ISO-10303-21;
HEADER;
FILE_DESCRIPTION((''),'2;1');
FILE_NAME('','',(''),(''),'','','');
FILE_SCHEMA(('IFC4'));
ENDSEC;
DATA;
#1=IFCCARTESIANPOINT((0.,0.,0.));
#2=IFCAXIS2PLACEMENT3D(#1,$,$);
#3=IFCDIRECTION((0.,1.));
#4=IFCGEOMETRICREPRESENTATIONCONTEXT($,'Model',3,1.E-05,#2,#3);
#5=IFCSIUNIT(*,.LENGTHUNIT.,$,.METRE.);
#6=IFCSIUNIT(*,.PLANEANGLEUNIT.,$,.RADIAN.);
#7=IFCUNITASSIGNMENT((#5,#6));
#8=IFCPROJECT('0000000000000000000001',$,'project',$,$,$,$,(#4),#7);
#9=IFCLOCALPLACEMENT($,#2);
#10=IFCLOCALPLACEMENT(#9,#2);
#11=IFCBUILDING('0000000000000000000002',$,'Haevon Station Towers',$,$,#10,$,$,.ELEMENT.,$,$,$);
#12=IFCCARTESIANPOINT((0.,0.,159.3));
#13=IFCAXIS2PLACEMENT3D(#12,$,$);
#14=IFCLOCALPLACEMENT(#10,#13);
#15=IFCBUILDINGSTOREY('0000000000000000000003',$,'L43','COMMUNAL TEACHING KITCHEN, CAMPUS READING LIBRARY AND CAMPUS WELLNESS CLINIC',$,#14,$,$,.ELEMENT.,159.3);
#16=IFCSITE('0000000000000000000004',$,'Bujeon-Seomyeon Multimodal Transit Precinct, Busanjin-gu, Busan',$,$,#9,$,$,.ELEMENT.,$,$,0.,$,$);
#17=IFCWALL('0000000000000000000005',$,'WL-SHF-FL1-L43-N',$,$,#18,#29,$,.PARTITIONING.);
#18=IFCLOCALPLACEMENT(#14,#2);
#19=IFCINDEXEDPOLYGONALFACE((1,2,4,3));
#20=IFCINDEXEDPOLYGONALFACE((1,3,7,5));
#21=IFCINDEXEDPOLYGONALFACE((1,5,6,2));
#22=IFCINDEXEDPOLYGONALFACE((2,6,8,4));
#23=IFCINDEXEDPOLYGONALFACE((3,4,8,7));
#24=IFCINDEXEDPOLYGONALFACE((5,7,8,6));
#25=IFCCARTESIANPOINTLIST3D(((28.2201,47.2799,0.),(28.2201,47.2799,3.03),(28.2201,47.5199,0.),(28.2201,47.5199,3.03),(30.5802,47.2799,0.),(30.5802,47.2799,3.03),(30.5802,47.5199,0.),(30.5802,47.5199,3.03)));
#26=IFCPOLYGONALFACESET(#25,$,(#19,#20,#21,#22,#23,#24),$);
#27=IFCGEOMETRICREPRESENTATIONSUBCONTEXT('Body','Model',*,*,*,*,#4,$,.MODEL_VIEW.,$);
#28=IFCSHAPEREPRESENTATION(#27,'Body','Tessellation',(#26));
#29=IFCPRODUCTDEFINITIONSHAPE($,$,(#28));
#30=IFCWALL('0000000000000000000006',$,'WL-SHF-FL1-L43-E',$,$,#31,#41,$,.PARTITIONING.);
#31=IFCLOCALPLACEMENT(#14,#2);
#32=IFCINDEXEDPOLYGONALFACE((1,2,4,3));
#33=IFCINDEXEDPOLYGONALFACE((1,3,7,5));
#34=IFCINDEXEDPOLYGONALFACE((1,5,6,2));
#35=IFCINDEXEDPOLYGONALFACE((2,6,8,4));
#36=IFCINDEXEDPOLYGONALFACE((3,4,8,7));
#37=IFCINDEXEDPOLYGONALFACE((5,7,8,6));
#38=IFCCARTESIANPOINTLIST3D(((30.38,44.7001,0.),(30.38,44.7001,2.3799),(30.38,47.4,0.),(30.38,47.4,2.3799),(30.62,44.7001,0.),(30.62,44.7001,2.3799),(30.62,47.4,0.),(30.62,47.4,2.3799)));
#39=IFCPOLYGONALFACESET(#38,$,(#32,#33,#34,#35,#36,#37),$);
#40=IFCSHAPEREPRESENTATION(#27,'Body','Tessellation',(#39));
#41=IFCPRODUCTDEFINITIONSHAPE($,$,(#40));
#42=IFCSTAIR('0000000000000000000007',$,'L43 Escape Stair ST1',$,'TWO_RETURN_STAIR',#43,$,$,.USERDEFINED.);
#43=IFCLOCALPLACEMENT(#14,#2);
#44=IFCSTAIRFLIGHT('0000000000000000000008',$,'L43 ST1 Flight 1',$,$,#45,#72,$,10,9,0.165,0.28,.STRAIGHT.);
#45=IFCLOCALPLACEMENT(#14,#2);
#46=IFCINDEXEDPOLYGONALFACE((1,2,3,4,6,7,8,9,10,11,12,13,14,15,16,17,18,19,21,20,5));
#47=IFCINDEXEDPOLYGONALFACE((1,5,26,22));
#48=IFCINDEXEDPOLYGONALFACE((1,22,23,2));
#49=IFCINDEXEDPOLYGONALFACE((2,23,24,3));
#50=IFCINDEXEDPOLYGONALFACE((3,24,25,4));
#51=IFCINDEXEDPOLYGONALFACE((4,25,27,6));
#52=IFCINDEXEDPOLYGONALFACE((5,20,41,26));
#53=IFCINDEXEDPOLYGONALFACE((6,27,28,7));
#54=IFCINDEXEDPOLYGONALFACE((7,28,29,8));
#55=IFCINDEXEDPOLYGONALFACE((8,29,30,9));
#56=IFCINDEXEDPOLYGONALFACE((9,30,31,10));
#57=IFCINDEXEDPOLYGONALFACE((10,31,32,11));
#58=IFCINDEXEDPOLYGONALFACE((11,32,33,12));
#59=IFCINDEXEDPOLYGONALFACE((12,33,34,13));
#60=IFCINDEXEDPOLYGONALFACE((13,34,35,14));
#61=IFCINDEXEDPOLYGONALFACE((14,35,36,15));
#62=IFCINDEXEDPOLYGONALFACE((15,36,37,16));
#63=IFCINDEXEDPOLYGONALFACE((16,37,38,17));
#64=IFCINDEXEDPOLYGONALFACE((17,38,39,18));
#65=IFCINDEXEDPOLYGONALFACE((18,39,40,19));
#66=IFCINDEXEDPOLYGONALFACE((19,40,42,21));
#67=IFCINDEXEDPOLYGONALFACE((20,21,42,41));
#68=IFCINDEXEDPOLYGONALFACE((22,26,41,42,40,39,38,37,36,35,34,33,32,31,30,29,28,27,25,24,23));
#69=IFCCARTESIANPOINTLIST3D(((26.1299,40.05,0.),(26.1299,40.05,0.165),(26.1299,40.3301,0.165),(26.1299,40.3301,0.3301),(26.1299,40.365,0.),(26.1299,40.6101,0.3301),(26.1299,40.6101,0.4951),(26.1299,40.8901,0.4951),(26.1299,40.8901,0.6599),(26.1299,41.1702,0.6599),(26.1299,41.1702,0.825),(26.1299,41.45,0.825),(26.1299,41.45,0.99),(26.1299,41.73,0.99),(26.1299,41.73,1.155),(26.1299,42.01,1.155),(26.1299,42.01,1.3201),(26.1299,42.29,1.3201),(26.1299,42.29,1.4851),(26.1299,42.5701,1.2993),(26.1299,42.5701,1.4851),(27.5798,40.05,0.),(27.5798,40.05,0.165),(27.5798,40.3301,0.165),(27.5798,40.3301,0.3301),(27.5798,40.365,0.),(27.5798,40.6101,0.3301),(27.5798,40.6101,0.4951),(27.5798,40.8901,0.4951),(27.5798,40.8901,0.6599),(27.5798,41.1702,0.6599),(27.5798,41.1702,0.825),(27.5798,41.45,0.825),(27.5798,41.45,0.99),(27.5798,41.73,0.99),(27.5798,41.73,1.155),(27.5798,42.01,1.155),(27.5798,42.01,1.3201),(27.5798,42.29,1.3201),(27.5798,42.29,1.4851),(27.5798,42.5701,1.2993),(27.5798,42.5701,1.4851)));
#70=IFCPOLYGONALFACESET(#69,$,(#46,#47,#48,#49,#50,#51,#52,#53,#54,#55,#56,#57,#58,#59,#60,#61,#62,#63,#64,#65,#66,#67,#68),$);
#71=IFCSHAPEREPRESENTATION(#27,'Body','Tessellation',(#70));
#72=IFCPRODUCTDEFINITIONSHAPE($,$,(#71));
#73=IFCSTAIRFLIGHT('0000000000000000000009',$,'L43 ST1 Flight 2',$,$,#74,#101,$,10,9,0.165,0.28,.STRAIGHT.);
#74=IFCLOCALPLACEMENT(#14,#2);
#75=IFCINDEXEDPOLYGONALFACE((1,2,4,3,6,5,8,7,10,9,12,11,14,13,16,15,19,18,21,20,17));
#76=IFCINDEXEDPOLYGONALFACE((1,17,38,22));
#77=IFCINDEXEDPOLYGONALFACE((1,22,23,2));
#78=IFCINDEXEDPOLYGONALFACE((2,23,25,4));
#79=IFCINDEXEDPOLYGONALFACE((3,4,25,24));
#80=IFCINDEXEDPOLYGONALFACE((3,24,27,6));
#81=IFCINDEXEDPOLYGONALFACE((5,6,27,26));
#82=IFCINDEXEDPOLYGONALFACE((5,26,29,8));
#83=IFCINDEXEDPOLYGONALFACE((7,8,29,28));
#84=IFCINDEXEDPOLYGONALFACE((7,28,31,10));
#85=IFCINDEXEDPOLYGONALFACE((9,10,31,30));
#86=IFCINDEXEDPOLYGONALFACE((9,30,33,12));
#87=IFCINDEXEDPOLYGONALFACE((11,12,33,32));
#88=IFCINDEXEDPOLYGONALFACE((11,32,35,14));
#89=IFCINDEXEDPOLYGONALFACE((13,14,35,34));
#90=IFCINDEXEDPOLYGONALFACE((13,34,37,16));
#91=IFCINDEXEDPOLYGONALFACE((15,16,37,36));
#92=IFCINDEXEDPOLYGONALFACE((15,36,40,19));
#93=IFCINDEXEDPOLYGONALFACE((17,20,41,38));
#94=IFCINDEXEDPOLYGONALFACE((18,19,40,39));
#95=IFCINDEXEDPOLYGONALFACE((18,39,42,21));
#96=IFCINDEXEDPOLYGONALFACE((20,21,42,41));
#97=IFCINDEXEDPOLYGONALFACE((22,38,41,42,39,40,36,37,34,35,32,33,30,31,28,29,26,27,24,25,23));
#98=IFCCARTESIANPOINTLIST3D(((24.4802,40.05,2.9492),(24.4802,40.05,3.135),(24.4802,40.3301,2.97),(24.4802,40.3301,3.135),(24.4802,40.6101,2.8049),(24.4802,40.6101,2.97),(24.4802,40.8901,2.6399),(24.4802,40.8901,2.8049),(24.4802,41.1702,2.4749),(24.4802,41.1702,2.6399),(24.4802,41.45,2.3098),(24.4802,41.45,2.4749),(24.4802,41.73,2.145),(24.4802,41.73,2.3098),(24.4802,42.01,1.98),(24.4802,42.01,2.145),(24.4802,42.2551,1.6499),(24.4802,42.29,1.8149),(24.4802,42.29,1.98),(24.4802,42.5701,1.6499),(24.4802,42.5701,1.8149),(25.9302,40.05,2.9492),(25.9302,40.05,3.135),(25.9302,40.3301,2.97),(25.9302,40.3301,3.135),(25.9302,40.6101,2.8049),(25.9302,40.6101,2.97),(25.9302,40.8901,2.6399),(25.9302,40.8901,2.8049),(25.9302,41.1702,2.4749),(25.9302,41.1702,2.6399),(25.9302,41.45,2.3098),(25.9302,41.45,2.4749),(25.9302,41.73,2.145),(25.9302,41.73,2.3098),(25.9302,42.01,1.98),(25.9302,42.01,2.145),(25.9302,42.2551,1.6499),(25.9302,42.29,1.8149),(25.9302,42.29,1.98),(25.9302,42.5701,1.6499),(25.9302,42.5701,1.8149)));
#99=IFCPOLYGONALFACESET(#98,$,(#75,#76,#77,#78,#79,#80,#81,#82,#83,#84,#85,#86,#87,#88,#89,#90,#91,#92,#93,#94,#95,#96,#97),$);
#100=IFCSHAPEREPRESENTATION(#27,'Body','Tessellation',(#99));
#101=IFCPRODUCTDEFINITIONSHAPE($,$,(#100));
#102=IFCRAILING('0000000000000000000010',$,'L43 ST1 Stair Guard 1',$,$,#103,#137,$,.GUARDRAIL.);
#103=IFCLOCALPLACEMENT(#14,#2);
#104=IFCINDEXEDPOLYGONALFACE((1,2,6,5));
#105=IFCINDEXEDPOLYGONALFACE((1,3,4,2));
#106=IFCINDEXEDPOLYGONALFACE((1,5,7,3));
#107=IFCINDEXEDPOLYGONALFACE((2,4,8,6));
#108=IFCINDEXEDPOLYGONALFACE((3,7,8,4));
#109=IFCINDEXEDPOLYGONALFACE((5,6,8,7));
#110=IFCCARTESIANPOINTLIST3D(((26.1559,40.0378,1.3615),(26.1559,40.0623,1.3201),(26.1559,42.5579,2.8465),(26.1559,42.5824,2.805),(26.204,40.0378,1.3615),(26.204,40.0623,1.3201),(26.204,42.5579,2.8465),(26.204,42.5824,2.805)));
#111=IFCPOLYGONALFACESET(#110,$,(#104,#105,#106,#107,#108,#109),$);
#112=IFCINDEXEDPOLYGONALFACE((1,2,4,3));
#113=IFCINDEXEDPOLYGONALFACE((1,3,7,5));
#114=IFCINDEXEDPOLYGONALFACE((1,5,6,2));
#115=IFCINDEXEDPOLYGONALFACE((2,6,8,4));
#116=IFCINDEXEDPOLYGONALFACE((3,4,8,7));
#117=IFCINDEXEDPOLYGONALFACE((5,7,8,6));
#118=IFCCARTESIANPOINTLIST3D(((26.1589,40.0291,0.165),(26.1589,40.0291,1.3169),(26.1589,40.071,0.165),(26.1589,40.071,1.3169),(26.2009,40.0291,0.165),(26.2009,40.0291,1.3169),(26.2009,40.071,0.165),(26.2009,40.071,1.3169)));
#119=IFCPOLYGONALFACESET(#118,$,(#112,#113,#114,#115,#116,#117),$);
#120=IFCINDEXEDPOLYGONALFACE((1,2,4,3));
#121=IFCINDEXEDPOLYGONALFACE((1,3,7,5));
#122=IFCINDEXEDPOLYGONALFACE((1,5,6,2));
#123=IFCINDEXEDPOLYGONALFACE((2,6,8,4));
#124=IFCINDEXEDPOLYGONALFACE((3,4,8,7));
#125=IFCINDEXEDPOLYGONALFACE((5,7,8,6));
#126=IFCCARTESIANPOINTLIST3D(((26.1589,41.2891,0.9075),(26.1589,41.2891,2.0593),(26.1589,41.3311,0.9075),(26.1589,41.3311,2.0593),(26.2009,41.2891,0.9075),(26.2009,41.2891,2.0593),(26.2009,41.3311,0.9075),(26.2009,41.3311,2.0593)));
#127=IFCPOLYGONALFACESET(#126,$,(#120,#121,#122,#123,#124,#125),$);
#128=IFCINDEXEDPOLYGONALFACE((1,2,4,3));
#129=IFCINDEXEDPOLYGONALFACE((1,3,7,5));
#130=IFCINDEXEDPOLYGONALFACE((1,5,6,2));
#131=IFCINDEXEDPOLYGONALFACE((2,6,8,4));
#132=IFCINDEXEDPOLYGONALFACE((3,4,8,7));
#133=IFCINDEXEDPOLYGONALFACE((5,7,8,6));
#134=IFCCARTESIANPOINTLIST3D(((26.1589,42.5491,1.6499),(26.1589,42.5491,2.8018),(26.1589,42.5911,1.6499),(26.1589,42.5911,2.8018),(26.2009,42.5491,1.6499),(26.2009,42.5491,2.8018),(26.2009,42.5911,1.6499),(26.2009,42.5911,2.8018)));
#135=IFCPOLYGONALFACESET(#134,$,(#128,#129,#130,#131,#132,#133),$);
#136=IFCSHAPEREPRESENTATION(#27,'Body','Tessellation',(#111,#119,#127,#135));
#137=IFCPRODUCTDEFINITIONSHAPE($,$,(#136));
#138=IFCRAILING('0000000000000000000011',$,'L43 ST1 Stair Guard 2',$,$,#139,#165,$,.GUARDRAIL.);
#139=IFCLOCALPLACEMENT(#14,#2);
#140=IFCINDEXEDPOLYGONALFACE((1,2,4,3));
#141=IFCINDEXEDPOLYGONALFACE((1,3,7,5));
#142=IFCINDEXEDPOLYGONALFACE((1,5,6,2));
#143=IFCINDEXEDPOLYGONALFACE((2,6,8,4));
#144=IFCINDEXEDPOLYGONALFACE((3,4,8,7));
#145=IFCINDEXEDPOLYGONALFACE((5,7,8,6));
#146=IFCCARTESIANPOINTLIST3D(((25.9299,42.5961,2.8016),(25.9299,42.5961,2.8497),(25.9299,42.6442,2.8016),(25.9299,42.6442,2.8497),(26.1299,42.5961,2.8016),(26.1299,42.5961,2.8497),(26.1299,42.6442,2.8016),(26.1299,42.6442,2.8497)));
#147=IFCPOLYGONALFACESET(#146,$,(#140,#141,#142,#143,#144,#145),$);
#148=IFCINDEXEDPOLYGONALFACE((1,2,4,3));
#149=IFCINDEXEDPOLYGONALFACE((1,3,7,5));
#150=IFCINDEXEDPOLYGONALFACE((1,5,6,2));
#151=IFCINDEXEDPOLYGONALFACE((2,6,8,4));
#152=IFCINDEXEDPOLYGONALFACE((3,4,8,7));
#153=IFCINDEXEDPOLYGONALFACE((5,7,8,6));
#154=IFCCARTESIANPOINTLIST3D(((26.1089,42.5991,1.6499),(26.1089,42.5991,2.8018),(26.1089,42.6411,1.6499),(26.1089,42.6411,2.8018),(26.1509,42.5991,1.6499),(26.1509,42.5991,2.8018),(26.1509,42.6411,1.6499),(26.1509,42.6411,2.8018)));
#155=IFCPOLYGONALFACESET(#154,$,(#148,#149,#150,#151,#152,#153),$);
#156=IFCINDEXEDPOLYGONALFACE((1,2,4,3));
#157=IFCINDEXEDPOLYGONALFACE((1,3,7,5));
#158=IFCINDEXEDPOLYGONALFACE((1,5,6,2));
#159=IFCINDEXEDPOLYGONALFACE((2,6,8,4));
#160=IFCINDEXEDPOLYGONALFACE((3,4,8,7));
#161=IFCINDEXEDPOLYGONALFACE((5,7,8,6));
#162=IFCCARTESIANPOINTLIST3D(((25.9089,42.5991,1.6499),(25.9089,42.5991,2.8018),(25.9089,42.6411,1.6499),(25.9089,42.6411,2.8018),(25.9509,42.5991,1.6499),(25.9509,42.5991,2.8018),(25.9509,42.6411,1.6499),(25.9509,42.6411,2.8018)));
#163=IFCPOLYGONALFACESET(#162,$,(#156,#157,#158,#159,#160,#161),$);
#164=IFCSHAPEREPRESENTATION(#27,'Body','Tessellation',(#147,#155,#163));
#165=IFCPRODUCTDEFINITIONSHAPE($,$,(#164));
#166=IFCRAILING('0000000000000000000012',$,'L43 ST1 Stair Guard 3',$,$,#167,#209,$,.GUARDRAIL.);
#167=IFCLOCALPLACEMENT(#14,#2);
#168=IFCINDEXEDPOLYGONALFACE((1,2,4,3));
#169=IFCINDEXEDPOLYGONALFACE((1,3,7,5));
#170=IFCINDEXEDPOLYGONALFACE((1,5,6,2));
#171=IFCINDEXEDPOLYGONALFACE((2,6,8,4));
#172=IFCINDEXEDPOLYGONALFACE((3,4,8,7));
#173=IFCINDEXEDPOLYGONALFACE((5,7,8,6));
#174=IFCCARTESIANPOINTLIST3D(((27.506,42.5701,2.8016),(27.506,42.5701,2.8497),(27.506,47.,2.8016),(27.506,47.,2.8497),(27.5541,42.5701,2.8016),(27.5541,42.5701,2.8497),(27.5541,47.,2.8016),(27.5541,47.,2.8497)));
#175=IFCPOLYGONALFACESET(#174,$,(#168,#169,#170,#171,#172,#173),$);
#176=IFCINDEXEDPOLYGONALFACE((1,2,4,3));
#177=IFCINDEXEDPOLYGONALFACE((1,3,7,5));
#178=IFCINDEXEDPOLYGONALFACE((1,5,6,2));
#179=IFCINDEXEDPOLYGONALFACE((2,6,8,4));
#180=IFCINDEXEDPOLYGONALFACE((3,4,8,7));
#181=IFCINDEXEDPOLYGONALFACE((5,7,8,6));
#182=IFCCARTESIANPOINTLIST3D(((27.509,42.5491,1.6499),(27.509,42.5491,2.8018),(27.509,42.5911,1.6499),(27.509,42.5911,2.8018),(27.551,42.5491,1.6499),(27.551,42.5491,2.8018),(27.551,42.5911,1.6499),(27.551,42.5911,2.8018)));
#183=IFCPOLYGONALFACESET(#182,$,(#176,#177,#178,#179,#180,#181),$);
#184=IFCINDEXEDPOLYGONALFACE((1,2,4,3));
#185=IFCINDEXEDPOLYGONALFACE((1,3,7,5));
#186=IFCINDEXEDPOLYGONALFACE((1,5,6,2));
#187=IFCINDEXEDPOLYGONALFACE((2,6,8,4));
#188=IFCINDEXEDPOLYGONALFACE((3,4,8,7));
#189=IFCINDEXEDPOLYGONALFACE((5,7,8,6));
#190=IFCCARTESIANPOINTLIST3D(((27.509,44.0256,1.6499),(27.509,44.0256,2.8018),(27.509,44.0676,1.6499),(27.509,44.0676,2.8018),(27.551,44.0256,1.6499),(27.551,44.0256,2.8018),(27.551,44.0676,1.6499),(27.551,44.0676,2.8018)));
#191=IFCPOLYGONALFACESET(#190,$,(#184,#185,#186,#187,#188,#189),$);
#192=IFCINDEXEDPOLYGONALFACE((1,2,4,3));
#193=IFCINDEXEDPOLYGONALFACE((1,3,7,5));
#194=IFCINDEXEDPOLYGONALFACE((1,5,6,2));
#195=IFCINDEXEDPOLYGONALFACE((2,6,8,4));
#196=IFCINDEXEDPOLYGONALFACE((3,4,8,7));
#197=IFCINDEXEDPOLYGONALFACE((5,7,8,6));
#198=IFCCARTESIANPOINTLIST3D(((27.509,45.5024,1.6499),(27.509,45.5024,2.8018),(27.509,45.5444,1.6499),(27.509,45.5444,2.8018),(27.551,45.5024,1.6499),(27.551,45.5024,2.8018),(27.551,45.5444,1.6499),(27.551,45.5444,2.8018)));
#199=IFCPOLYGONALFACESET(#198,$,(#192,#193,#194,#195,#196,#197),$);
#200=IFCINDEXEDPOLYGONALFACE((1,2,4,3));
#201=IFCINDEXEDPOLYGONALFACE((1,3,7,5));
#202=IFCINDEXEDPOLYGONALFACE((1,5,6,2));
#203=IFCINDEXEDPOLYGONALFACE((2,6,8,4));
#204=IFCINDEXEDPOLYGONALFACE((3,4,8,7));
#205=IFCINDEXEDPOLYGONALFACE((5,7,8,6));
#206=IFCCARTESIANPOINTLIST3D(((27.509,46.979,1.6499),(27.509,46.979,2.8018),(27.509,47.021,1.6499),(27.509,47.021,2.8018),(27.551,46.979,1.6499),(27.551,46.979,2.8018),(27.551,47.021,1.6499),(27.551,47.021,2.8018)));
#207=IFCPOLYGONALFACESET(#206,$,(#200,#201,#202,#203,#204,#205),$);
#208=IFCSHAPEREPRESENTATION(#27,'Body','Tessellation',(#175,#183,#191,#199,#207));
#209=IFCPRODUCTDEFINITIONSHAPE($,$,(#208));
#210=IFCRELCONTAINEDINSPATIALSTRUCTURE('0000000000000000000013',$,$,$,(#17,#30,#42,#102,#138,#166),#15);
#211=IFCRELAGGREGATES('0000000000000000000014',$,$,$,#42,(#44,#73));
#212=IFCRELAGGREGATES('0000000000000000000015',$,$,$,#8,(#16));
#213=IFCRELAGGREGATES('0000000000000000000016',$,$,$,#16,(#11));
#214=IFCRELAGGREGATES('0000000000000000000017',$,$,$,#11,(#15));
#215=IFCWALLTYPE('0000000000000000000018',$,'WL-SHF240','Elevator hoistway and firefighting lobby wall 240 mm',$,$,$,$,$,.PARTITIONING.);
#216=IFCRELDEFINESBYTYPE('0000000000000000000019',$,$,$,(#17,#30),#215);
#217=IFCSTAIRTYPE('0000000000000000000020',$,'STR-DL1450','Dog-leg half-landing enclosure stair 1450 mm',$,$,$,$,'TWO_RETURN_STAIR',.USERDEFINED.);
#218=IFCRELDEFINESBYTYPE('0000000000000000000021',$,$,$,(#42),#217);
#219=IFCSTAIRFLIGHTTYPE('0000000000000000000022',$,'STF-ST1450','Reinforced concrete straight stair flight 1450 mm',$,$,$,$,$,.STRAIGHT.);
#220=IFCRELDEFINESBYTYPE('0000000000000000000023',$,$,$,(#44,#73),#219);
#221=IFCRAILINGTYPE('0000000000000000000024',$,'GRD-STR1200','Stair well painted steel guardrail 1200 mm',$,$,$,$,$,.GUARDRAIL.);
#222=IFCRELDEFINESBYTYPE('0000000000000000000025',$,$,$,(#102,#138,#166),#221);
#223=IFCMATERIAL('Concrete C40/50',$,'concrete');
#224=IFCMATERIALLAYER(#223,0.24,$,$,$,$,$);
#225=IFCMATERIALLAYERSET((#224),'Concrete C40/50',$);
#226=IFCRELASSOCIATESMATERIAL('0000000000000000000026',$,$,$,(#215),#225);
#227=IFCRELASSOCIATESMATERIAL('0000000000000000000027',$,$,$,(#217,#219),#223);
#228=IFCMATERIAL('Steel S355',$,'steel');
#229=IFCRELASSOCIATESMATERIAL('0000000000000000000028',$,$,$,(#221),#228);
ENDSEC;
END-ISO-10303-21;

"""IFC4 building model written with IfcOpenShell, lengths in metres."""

from ifc_helpers import new_model, si_unit, direction, frame, frame_2d, origin, origin_2d, place, context, subcontext, project, spatial, polyline, rectangle, outline, extrude, material, layer, layer_set, type_object, element, aggregate, save


model = new_model("IFC4")

# Units and contexts
model_context = context("Model", 3, precision=1e-05, world=origin(), true_north=direction((0.0, 1.0)))
body_context = subcontext(model_context, "Body", "Model", "MODEL_VIEW")
ifc_project = project(units=[si_unit("LENGTHUNIT", "METRE"), si_unit("PLANEANGLEUNIT", "RADIAN")], contexts=[model_context])

# Site, building, storey
site_placement = place(None, origin())
site = spatial("IfcSite", under=ifc_project, at=site_placement, Name="Bujeon-Seomyeon Multimodal Transit Precinct, Busanjin-gu, Busan", CompositionType="ELEMENT", RefElevation=0.0)
building_placement = place(site_placement, origin())
building = spatial("IfcBuilding", under=site, at=building_placement, Name="Haevon Station Towers", CompositionType="ELEMENT")
storey_placement = place(building_placement, frame((0.0, 0.0, 159.3)))
storey = spatial("IfcBuildingStorey", under=building, at=storey_placement, Name="L43", Description="COMMUNAL TEACHING KITCHEN, CAMPUS READING LIBRARY AND CAMPUS WELLNESS CLINIC", CompositionType="ELEMENT", Elevation=159.3)

# Shared definitions
ifc_material_1 = material(Name="Steel S355", Category="steel")

# Shared definitions
ifc_material_2 = material(Name="Concrete C40/50", Category="concrete")
ifc_layer_1 = layer(ifc_material_2, 0.24)
ifc_layer_set_1 = layer_set([ifc_layer_1], Name="Concrete C40/50")
wall_type_1 = type_object("IfcWallType", Name="WL-SHF240", Description="Elevator hoistway and firefighting lobby wall 240 mm", PredefinedType="PARTITIONING", material=ifc_layer_set_1)

# Walls
wall_1_placement = place(storey_placement, frame((28.22, 47.3999, 0.0), z_axis=(0.0, 0.0, 1.0), x_axis=(1.0, 0.0, 0.0)))
element("IfcWall", 1, at=wall_1_placement, inside=storey, type_object=wall_type_1, Name="WL-SHF-FL1-L43-N", PredefinedType="PARTITIONING", context=body_context, shape_type="SweptSolid", body=[
    extrude(rectangle(XDim=2.3601, YDim=0.24, at=frame_2d((1.1802, 0.0))), origin(), (0.0, 0.0, 1.0), 3.03),
])
wall_2_placement = place(storey_placement, frame((30.5, 44.7, 0.0), z_axis=(0.0, 0.0, 1.0), x_axis=(0.0, 1.0, 0.0)))
element("IfcWall", 2, at=wall_2_placement, inside=storey, type_object=wall_type_1, Name="WL-SHF-FL1-L43-E", PredefinedType="PARTITIONING", context=body_context, shape_type="SweptSolid", body=[
    extrude(rectangle(XDim=2.7, YDim=0.24, at=frame_2d((1.3501, 0.0))), origin(), (0.0, 0.0, 1.0), 2.3799),
])

# Stair, stair flights
stair_type = type_object("IfcStairType", Name="STR-DL1450", Description="Dog-leg half-landing enclosure stair 1450 mm", ElementType="TWO_RETURN_STAIR", PredefinedType="USERDEFINED", material=ifc_material_2)
stair_placement = place(storey_placement, origin())
stair = element("IfcStair", 3, at=stair_placement, inside=storey, type_object=stair_type, Name="L43 Escape Stair ST1", ObjectType="TWO_RETURN_STAIR", PredefinedType="USERDEFINED")
stair_flight_type = type_object("IfcStairFlightType", Name="STF-ST1450", Description="Reinforced concrete straight stair flight 1450 mm", PredefinedType="STRAIGHT", material=ifc_material_2)
stair_flight_1_placement = place(storey_placement, frame((26.855, 40.05, 0.0), z_axis=(0.0, 0.0, 1.0), x_axis=(0.0, 1.0, 0.0)))
stair_flight_1 = element("IfcStairFlight", 4, at=stair_flight_1_placement, type_object=stair_flight_type, Name="L43 ST1 Flight 1", NumberOfRisers=10, NumberOfTreads=9, PredefinedType="STRAIGHT", RiserHeight=0.165, TreadLength=0.28, context=body_context, shape_type="SweptSolid", body=[
    extrude(outline(polyline([(0.0, 0.0), (0.0, 0.165), (0.28, 0.165), (0.28, 0.3301), (0.5601, 0.3301), (0.5601, 0.4951), (0.8401, 0.4951), (0.8401, 0.6599), (1.1201, 0.6599), (1.1201, 0.825), (1.3999, 0.825), (1.3999, 0.99), (1.6799, 0.99), (1.6799, 1.155), (1.96, 1.155), (1.96, 1.3201), (2.24, 1.3201), (2.24, 1.4851), (2.52, 1.4851), (2.52, 1.6499), (2.52, 1.2993), (0.3149, 0.0), (0.0, 0.0)])), frame((0.0, 0.7251, 0.0), z_axis=(0.0, -1.0, 0.0), x_axis=(1.0, 0.0, 0.0)), (0.0, 0.0, 1.0), 1.45),
])
stair_flight_2_placement = place(storey_placement, frame((25.2051, 42.5701, 1.6499), z_axis=(0.0, 0.0, 1.0), x_axis=(0.0, -1.0, 0.0)))
stair_flight_2 = element("IfcStairFlight", 5, at=stair_flight_2_placement, type_object=stair_flight_type, Name="L43 ST1 Flight 2", NumberOfRisers=10, NumberOfTreads=9, PredefinedType="STRAIGHT", RiserHeight=0.165, TreadLength=0.28, context=body_context, shape_type="SweptSolid", body=[
    extrude(outline(polyline([(0.0, 0.0), (0.0, 0.165), (0.28, 0.165), (0.28, 0.3301), (0.5601, 0.3301), (0.5601, 0.4951), (0.8401, 0.4951), (0.8401, 0.6599), (1.1201, 0.6599), (1.1201, 0.825), (1.3999, 0.825), (1.3999, 0.99), (1.6799, 0.99), (1.6799, 1.155), (1.96, 1.155), (1.96, 1.3201), (2.24, 1.3201), (2.24, 1.4851), (2.52, 1.4851), (2.52, 1.6499), (2.52, 1.2993), (0.3149, 0.0), (0.0, 0.0)])), frame((0.0, 0.7251, 0.0), z_axis=(0.0, -1.0, 0.0), x_axis=(1.0, 0.0, 0.0)), (0.0, 0.0, 1.0), 1.45),
])
aggregate(stair, [stair_flight_1, stair_flight_2])

# Railings
railing_type_1 = type_object("IfcRailingType", Name="GRD-STR1200", Description="Stair well painted steel guardrail 1200 mm", PredefinedType="GUARDRAIL", material=ifc_material_1)
railing_1_placement = place(storey_placement, frame((26.1799, 40.05, 0.165)))
element("IfcRailing", 6, at=railing_1_placement, inside=storey, type_object=railing_type_1, Name="L43 ST1 Stair Guard 1", PredefinedType="GUARDRAIL", context=body_context, shape_type="SweptSolid", body=[
    extrude(rectangle(XDim=0.0481, YDim=0.0481, at=origin_2d()), frame((0.0, 0.0, 1.1758), z_axis=(0.0, 0.861561, 0.507655), x_axis=(-1.0, 0.0, 0.0)), (0.0, 0.0, 1.0), 2.925),
    extrude(rectangle(XDim=0.042, YDim=0.042, at=origin_2d()), origin(), (0.0, 0.0, 1.0), 1.1519),
    extrude(rectangle(XDim=0.042, YDim=0.042, at=origin_2d()), frame((0.0, 1.26, 0.7424)), (0.0, 0.0, 1.0), 1.1519),
    extrude(rectangle(XDim=0.042, YDim=0.042, at=origin_2d()), frame((0.0, 2.52, 1.4849)), (0.0, 0.0, 1.0), 1.1519),
])
railing_2_placement = place(storey_placement, frame((26.1299, 42.6201, 1.6499)))
element("IfcRailing", 7, at=railing_2_placement, inside=storey, type_object=railing_type_1, Name="L43 ST1 Stair Guard 2", PredefinedType="GUARDRAIL", context=body_context, shape_type="SweptSolid", body=[
    extrude(rectangle(XDim=0.0481, YDim=0.0481, at=origin_2d()), frame((0.0, 0.0, 1.1758), z_axis=(-1.0, 0.0, 0.0), x_axis=(0.0, -1.0, 0.0)), (0.0, 0.0, 1.0), 0.2),
    extrude(rectangle(XDim=0.042, YDim=0.042, at=origin_2d()), origin(), (0.0, 0.0, 1.0), 1.1519),
    extrude(rectangle(XDim=0.042, YDim=0.042, at=origin_2d()), frame((-0.2, 0.0, 0.0)), (0.0, 0.0, 1.0), 1.1519),
])
railing_3_placement = place(storey_placement, frame((27.53, 42.5701, 1.6499)))
element("IfcRailing", 8, at=railing_3_placement, inside=storey, type_object=railing_type_1, Name="L43 ST1 Stair Guard 3", PredefinedType="GUARDRAIL", context=body_context, shape_type="SweptSolid", body=[
    extrude(rectangle(XDim=0.0481, YDim=0.0481, at=origin_2d()), frame((0.0, 0.0, 1.1758), z_axis=(0.0, 1.0, 0.0), x_axis=(-1.0, 0.0, 0.0)), (0.0, 0.0, 1.0), 4.4299),
    extrude(rectangle(XDim=0.042, YDim=0.042, at=origin_2d()), origin(), (0.0, 0.0, 1.0), 1.1519),
    extrude(rectangle(XDim=0.042, YDim=0.042, at=origin_2d()), frame((0.0, 1.4766, 0.0)), (0.0, 0.0, 1.0), 1.1519),
    extrude(rectangle(XDim=0.042, YDim=0.042, at=origin_2d()), frame((0.0, 2.9534, 0.0)), (0.0, 0.0, 1.0), 1.1519),
    extrude(rectangle(XDim=0.042, YDim=0.042, at=origin_2d()), frame((0.0, 4.4299, 0.0)), (0.0, 0.0, 1.0), 1.1519),
])

save(model, "model.ifc")
